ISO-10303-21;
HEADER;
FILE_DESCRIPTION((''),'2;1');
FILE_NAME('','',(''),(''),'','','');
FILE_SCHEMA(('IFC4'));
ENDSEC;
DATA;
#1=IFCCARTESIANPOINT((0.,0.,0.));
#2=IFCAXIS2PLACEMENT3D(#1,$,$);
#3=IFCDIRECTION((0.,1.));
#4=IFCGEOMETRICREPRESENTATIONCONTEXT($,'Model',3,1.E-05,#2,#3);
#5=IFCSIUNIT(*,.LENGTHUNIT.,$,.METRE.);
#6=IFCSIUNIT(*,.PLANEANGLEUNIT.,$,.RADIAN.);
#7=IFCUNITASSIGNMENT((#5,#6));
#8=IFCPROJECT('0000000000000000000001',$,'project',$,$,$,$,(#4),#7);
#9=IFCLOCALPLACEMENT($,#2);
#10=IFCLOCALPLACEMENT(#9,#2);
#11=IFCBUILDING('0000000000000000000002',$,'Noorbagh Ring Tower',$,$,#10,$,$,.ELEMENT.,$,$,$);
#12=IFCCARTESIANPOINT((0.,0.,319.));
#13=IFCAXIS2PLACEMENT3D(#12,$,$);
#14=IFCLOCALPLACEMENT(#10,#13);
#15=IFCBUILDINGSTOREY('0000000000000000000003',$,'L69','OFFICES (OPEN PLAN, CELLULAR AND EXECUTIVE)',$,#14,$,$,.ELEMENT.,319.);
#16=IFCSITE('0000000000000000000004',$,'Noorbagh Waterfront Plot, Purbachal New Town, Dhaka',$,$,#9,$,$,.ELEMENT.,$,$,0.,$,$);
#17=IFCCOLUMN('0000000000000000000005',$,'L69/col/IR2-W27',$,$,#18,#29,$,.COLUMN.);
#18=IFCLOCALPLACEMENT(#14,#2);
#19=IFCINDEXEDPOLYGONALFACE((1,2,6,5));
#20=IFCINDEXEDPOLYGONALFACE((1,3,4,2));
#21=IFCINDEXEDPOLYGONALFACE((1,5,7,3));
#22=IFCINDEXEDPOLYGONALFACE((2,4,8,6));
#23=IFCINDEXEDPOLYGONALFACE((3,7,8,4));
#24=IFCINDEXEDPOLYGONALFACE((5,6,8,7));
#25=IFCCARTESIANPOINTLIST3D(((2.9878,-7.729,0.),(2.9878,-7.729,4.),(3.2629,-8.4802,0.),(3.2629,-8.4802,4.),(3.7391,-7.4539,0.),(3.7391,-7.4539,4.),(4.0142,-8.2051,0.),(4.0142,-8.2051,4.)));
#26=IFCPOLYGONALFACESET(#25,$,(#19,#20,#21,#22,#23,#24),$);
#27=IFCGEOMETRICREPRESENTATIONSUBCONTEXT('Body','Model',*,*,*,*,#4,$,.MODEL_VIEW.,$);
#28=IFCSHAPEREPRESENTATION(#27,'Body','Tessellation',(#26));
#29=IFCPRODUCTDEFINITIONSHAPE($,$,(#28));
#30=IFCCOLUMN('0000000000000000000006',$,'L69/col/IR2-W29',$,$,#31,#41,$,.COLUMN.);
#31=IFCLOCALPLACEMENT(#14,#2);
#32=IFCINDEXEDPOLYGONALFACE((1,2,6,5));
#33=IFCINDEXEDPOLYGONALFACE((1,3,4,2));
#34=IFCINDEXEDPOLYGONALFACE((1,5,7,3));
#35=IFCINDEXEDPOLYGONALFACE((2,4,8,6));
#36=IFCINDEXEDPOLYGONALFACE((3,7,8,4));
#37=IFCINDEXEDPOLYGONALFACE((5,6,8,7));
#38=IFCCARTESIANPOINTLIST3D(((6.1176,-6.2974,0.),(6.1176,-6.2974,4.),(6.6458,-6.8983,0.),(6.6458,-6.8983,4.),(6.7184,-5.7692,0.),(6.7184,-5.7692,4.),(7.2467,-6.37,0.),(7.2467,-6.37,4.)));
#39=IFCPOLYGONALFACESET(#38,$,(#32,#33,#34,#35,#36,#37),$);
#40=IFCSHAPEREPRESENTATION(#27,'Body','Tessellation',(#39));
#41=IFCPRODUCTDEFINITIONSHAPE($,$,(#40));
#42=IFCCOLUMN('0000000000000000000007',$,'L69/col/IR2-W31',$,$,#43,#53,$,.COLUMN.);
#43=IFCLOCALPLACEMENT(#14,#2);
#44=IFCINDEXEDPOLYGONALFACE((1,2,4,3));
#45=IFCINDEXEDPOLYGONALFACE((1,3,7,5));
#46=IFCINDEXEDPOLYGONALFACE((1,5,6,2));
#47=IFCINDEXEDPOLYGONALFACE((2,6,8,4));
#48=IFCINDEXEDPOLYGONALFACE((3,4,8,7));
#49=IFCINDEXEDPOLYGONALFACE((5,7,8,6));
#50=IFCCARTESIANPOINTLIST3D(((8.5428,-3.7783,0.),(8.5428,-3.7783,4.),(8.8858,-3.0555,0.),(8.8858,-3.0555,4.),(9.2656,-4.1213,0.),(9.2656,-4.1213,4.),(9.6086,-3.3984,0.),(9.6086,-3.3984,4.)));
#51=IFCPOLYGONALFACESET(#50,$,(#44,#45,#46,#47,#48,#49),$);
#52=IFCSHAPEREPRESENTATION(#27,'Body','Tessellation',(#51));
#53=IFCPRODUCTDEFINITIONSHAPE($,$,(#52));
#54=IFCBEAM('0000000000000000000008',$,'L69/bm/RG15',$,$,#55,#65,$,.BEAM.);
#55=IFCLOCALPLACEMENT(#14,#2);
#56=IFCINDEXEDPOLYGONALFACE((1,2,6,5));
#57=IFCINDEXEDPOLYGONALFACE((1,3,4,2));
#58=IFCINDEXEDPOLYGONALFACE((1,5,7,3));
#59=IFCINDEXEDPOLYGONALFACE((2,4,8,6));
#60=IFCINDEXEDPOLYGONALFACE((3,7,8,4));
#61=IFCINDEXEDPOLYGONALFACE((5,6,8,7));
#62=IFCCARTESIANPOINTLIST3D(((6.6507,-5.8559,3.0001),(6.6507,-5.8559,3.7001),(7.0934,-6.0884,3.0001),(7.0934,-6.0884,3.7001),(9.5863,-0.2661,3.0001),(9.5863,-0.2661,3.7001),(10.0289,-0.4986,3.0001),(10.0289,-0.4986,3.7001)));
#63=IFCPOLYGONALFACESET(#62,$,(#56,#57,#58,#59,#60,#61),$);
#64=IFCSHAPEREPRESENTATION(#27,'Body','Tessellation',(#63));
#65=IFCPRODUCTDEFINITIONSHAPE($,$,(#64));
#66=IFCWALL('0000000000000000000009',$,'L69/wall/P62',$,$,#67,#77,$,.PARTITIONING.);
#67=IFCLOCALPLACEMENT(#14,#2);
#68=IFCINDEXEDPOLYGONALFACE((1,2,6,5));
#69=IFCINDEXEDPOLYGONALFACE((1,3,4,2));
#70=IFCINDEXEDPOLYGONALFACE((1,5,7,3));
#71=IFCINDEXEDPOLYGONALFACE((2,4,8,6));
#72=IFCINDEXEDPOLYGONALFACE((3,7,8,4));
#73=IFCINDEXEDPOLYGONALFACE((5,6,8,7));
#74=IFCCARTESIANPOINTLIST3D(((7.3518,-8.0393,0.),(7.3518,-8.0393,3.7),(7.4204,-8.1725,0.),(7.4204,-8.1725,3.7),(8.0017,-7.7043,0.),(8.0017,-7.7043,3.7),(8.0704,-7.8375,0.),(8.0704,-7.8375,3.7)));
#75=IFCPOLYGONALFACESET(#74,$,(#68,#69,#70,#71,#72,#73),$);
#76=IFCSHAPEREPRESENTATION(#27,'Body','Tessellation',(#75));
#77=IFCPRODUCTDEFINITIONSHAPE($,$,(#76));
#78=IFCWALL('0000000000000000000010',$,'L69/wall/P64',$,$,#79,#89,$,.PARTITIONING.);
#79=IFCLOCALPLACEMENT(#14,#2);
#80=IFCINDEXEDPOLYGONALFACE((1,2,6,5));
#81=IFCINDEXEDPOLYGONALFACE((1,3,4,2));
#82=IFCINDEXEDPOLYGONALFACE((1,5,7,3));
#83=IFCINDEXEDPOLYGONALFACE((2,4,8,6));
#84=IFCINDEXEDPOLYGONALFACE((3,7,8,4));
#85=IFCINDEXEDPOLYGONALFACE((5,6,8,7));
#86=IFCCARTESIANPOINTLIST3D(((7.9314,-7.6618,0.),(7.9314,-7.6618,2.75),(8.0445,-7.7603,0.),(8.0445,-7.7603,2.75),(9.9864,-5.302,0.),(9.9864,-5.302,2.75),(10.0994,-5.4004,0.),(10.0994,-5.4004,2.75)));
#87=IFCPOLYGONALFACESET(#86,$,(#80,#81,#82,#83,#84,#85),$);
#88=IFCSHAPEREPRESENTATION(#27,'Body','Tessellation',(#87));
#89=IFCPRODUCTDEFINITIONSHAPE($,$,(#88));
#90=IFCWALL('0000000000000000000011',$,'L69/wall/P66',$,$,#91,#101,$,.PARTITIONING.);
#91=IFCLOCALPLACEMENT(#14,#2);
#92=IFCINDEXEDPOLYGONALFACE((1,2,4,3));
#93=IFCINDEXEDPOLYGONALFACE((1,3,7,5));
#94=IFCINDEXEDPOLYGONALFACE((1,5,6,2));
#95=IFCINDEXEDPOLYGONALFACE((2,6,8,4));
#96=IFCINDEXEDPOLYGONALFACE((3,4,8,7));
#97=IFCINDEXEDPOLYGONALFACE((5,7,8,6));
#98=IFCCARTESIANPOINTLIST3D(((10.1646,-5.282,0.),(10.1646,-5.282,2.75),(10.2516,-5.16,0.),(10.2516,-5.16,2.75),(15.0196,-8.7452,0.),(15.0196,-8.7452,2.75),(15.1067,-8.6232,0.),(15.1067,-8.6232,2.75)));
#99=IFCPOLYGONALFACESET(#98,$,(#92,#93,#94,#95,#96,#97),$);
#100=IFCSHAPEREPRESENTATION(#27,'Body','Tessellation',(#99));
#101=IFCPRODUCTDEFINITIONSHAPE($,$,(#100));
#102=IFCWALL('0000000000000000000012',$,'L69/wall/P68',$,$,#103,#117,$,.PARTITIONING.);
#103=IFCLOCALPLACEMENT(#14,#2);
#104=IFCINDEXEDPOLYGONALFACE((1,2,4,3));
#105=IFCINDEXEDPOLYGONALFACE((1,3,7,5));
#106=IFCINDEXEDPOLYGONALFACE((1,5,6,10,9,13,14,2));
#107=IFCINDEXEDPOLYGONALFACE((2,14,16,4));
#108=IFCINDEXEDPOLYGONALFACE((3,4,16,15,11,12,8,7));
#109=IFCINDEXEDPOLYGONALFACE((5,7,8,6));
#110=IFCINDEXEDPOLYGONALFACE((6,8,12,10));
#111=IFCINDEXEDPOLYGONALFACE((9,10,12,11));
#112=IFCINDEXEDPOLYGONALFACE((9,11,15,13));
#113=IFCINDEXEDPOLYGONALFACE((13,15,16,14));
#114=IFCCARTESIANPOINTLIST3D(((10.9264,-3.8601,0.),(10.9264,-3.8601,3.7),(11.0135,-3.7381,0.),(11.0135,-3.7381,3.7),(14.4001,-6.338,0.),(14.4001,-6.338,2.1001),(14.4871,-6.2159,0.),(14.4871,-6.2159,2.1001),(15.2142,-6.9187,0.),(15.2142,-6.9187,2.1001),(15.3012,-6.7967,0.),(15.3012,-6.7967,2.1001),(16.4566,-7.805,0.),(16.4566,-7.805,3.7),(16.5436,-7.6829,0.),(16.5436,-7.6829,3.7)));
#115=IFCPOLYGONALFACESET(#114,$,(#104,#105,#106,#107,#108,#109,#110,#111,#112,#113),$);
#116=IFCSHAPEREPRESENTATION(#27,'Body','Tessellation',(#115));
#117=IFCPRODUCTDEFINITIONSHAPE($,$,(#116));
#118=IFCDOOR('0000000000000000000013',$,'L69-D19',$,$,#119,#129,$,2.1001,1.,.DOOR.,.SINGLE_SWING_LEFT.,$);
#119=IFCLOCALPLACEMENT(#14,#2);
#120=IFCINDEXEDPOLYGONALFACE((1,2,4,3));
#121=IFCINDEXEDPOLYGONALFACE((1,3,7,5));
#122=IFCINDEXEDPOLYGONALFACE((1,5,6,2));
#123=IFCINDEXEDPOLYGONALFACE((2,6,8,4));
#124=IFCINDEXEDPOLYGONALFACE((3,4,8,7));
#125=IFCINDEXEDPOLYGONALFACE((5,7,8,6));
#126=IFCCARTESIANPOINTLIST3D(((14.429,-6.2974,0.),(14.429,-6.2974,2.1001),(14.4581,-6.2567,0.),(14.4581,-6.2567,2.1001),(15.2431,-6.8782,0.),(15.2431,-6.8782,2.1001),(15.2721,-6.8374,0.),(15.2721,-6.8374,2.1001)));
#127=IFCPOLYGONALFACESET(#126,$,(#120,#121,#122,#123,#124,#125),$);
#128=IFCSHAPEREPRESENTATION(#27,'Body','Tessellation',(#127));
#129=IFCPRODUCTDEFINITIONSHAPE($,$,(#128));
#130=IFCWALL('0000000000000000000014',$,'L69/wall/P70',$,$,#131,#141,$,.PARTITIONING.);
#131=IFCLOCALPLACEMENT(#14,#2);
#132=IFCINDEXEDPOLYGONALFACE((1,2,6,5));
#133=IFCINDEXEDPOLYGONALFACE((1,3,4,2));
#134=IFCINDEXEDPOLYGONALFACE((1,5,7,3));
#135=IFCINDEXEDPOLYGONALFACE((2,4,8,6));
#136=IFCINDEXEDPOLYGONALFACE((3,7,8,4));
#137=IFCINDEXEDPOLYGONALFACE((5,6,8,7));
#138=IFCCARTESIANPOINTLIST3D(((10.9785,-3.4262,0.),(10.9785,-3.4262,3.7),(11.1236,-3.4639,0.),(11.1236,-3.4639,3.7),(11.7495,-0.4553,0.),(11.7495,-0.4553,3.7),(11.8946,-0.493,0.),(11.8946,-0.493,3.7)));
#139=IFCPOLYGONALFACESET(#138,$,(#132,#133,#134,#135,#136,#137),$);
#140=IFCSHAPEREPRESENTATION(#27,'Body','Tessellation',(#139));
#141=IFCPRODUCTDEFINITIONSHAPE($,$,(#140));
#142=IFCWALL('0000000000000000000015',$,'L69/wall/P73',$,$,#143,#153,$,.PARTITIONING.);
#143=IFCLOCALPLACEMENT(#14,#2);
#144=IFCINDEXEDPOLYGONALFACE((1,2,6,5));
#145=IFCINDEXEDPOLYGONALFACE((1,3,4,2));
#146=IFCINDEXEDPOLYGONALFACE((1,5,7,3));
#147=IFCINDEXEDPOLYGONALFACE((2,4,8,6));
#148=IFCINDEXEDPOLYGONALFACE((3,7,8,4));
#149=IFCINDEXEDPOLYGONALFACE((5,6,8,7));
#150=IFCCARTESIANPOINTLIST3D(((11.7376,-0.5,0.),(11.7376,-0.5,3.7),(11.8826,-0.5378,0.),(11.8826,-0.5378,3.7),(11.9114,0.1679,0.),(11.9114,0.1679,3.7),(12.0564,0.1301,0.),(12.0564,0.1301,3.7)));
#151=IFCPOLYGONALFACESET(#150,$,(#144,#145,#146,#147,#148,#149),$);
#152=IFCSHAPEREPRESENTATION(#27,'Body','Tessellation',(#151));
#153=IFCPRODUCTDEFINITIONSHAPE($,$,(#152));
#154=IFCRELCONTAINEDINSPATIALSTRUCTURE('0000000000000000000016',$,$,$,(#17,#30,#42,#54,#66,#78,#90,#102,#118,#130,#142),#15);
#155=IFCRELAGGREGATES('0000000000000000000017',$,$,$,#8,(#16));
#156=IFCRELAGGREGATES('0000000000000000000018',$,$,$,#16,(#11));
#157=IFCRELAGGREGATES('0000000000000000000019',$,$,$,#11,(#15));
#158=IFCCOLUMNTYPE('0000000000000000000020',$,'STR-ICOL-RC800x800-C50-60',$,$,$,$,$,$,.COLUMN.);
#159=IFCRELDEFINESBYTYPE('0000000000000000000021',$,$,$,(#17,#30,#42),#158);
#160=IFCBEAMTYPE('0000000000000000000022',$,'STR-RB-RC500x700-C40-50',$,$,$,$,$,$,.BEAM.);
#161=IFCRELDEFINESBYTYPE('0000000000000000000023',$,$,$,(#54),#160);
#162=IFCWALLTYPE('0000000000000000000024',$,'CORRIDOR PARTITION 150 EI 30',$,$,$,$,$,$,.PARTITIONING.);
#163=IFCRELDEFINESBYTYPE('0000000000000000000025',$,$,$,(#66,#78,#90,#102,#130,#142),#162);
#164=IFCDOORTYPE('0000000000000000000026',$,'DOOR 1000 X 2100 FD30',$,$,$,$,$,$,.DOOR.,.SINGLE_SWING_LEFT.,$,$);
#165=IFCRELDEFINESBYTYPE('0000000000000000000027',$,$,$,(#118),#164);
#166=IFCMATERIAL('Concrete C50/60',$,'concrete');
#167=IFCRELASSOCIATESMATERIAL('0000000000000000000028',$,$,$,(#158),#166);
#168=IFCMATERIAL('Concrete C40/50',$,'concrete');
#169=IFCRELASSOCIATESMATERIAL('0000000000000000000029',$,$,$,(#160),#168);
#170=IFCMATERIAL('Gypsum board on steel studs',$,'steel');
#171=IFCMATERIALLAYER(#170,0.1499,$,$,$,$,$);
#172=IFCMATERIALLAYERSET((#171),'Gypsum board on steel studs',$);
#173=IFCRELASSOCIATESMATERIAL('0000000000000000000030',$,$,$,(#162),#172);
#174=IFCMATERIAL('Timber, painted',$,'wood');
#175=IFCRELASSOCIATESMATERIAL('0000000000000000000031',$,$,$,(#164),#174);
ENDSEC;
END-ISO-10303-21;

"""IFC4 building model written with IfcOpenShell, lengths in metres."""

from ifc_helpers import new_model, si_unit, direction, frame, frame_2d, origin, origin_2d, place, context, subcontext, project, spatial, rectangle, extrude, material, layer, layer_set, material_profile, profile_set, type_object, element, fill, save


model = new_model("IFC4")

# Units and contexts
model_context = context("Model", 3, precision=1e-05, world=origin(), true_north=direction((0.0, 1.0)))
body_context = subcontext(model_context, "Body", "Model", "MODEL_VIEW")
ifc_project = project(units=[si_unit("LENGTHUNIT", "METRE"), si_unit("PLANEANGLEUNIT", "RADIAN")], contexts=[model_context])

# Site, building, storey
site_placement = place(None, origin())
site = spatial("IfcSite", under=ifc_project, at=site_placement, Name="Noorbagh Waterfront Plot, Purbachal New Town, Dhaka", CompositionType="ELEMENT", RefElevation=0.0)
building_placement = place(site_placement, origin())
building = spatial("IfcBuilding", under=site, at=building_placement, Name="Noorbagh Ring Tower", CompositionType="ELEMENT")
storey_placement = place(building_placement, frame((0.0, 0.0, 319.0)))
storey = spatial("IfcBuildingStorey", under=building, at=storey_placement, Name="L69", Description="OFFICES (OPEN PLAN, CELLULAR AND EXECUTIVE)", CompositionType="ELEMENT", Elevation=319.0)

# Columns
ifc_material_1 = material(Name="Concrete C50/60", Category="concrete")
ifc_material_profile_1 = material_profile(ifc_material_1, rectangle(XDim=0.8, YDim=0.8, at=origin_2d()), Name="RC800x800")
ifc_profile_set_1 = profile_set([ifc_material_profile_1], Name="Concrete C50/60")
column_type = type_object("IfcColumnType", Name="STR-ICOL-RC800x800-C50-60", PredefinedType="COLUMN", material=ifc_profile_set_1)
for number, where, z_axis, x_axis, name in (
    (1, (3.501, -7.967, 0.0), (0.0, 0.0, 1.0), (0.93902, 0.343864, 0.0), "L69/col/IR2-W27"),
    (2, (6.6821, -6.3337, 0.0), (0.0, 0.0, 1.0), (0.751022, 0.660277, 0.0), "L69/col/IR2-W29"),
    (3, (9.0757, -3.5884, 0.0), (0.0, 0.0, 1.0), (0.428667, 0.903463, 0.0), "L69/col/IR2-W31"),
):
    element("IfcColumn", number, at=place(storey_placement, frame(where, z_axis=z_axis, x_axis=x_axis)), inside=storey, type_object=column_type, Name=name, PredefinedType="COLUMN", context=body_context, shape_type="SweptSolid", body=[
        extrude(rectangle(XDim=0.8, YDim=0.8, at=origin_2d()), origin(), (0.0, 0.0, 1.0), 4.0),
    ])

# Beam
ifc_material_2 = material(Name="Concrete C40/50", Category="concrete")
ifc_material_profile_2 = material_profile(ifc_material_2, rectangle(XDim=0.5, YDim=0.7, at=origin_2d()), Name="RC500x700")
ifc_profile_set_2 = profile_set([ifc_material_profile_2], Name="Concrete C40/50")
beam_type = type_object("IfcBeamType", Name="STR-RB-RC500x700-C40-50", PredefinedType="BEAM", material=ifc_profile_set_2)
beam_placement = place(storey_placement, frame((6.8721, -5.9722, 3.3501), z_axis=(0.464943, 0.885341, 0.0), x_axis=(-0.885341, 0.464943, 0.0)))
element("IfcBeam", 4, at=beam_placement, inside=storey, type_object=beam_type, Name="L69/bm/RG15", PredefinedType="BEAM", context=body_context, shape_type="SweptSolid", body=[
    extrude(rectangle(XDim=0.5, YDim=0.7, at=origin_2d()), origin(), (0.0, 0.0, 1.0), 6.3137),
])

# Walls
ifc_material_3 = material(Name="Gypsum board on steel studs", Category="steel")
ifc_layer = layer(ifc_material_3, 0.1499)
ifc_layer_set = layer_set([ifc_layer], Name="Gypsum board on steel studs")
wall_type = type_object("IfcWallType", Name="CORRIDOR PARTITION 150 EI 30", PredefinedType="PARTITIONING", material=ifc_layer_set)
wall_1_placement = place(storey_placement, frame((7.386, -8.106, 0.0), z_axis=(0.0, 0.0, 1.0), x_axis=(0.888884, 0.458133, 0.0)))
element("IfcWall", 5, at=wall_1_placement, inside=storey, type_object=wall_type, Name="L69/wall/P62", PredefinedType="PARTITIONING", context=body_context, shape_type="SweptSolid", body=[
    extrude(rectangle(XDim=0.7312, YDim=0.1499, at=frame_2d((0.3657, 0.0))), origin(), (0.0, 0.0, 1.0), 3.7),
])
wall_2_placement = place(storey_placement, frame((7.988, -7.7109, 0.0), z_axis=(0.0, 0.0, 1.0), x_axis=(0.656702, 0.75415, 0.0)))
element("IfcWall", 6, at=wall_2_placement, inside=storey, type_object=wall_type, Name="L69/wall/P64", PredefinedType="PARTITIONING", context=body_context, shape_type="SweptSolid", body=[
    extrude(rectangle(XDim=3.1292, YDim=0.1499, at=frame_2d((1.5645, 0.0))), origin(), (0.0, 0.0, 1.0), 2.75),
])
wall_3_placement = place(storey_placement, frame((10.208, -5.2209, 0.0), z_axis=(0.0, 0.0, 1.0), x_axis=(0.814107, -0.580715, 0.0)))
element("IfcWall", 7, at=wall_3_placement, inside=storey, type_object=wall_type, Name="L69/wall/P66", PredefinedType="PARTITIONING", context=body_context, shape_type="SweptSolid", body=[
    extrude(rectangle(XDim=5.9636, YDim=0.1499, at=frame_2d((2.9819, 0.0))), origin(), (0.0, 0.0, 1.0), 2.75),
])

# Wall, opening, door
wall_4_placement = place(storey_placement, frame((10.97, -3.7991, 0.0), z_axis=(0.0, 0.0, 1.0), x_axis=(0.814095, -0.580732, 0.0)))
wall_4 = element("IfcWall", 8, at=wall_4_placement, inside=storey, type_object=wall_type, Name="L69/wall/P68", PredefinedType="PARTITIONING", context=body_context, shape_type="SweptSolid", body=[
    extrude(rectangle(XDim=6.793, YDim=0.1499, at=frame_2d((3.3965, 0.0))), origin(), (0.0, 0.0, 1.0), 3.7),
])
opening_placement = place(wall_4_placement, frame((4.2668, 0.0, 0.0)))
opening = element("IfcOpeningElement", 9, at=opening_placement, cuts=wall_4, PredefinedType="OPENING", context=body_context, shape_type="SweptSolid", body=[
    extrude(rectangle(XDim=1.0, YDim=2.1001, at=frame_2d((0.5, 1.05))), frame((0.0, 0.085, 0.0), z_axis=(0.0, -1.0, 0.0), x_axis=(1.0, 0.0, 0.0)), (0.0, 0.0, 1.0), 0.1699),
])
ifc_material_4 = material(Name="Timber, painted", Category="wood")
door_type = type_object("IfcDoorType", Name="DOOR 1000 X 2100 FD30", OperationType="SINGLE_SWING_LEFT", PredefinedType="DOOR", material=ifc_material_4)
door_placement = place(opening_placement, origin())
door = element("IfcDoor", 10, at=door_placement, inside=storey, type_object=door_type, Name="L69-D19", OperationType="SINGLE_SWING_LEFT", OverallHeight=2.1001, OverallWidth=1.0, PredefinedType="DOOR", context=body_context, shape_type="SweptSolid", body=[
    extrude(rectangle(XDim=1.0, YDim=2.1001, at=frame_2d((0.5, 1.05))), frame((0.0, 0.0249, 0.0), z_axis=(0.0, -1.0, 0.0), x_axis=(1.0, 0.0, 0.0)), (0.0, 0.0, 1.0), 0.05),
])
fill(opening, door)

# Walls
wall_5_placement = place(storey_placement, frame((11.051, -3.4451, 0.0), z_axis=(0.0, 0.0, 1.0), x_axis=(0.251191, 0.967937, 0.0)))
element("IfcWall", 11, at=wall_5_placement, inside=storey, type_object=wall_type, Name="L69/wall/P70", PredefinedType="PARTITIONING", context=body_context, shape_type="SweptSolid", body=[
    extrude(rectangle(XDim=3.0693, YDim=0.1499, at=frame_2d((1.5347, 0.0))), origin(), (0.0, 0.0, 1.0), 3.7),
])
wall_6_placement = place(storey_placement, frame((11.8101, -0.519, 0.0), z_axis=(0.0, 0.0, 1.0), x_axis=(0.251846, 0.967767, 0.0)))
element("IfcWall", 12, at=wall_6_placement, inside=storey, type_object=wall_type, Name="L69/wall/P73", PredefinedType="PARTITIONING", context=body_context, shape_type="SweptSolid", body=[
    extrude(rectangle(XDim=0.6902, YDim=0.1499, at=frame_2d((0.3452, 0.0))), origin(), (0.0, 0.0, 1.0), 3.7),
])

save(model, "model.ifc")
